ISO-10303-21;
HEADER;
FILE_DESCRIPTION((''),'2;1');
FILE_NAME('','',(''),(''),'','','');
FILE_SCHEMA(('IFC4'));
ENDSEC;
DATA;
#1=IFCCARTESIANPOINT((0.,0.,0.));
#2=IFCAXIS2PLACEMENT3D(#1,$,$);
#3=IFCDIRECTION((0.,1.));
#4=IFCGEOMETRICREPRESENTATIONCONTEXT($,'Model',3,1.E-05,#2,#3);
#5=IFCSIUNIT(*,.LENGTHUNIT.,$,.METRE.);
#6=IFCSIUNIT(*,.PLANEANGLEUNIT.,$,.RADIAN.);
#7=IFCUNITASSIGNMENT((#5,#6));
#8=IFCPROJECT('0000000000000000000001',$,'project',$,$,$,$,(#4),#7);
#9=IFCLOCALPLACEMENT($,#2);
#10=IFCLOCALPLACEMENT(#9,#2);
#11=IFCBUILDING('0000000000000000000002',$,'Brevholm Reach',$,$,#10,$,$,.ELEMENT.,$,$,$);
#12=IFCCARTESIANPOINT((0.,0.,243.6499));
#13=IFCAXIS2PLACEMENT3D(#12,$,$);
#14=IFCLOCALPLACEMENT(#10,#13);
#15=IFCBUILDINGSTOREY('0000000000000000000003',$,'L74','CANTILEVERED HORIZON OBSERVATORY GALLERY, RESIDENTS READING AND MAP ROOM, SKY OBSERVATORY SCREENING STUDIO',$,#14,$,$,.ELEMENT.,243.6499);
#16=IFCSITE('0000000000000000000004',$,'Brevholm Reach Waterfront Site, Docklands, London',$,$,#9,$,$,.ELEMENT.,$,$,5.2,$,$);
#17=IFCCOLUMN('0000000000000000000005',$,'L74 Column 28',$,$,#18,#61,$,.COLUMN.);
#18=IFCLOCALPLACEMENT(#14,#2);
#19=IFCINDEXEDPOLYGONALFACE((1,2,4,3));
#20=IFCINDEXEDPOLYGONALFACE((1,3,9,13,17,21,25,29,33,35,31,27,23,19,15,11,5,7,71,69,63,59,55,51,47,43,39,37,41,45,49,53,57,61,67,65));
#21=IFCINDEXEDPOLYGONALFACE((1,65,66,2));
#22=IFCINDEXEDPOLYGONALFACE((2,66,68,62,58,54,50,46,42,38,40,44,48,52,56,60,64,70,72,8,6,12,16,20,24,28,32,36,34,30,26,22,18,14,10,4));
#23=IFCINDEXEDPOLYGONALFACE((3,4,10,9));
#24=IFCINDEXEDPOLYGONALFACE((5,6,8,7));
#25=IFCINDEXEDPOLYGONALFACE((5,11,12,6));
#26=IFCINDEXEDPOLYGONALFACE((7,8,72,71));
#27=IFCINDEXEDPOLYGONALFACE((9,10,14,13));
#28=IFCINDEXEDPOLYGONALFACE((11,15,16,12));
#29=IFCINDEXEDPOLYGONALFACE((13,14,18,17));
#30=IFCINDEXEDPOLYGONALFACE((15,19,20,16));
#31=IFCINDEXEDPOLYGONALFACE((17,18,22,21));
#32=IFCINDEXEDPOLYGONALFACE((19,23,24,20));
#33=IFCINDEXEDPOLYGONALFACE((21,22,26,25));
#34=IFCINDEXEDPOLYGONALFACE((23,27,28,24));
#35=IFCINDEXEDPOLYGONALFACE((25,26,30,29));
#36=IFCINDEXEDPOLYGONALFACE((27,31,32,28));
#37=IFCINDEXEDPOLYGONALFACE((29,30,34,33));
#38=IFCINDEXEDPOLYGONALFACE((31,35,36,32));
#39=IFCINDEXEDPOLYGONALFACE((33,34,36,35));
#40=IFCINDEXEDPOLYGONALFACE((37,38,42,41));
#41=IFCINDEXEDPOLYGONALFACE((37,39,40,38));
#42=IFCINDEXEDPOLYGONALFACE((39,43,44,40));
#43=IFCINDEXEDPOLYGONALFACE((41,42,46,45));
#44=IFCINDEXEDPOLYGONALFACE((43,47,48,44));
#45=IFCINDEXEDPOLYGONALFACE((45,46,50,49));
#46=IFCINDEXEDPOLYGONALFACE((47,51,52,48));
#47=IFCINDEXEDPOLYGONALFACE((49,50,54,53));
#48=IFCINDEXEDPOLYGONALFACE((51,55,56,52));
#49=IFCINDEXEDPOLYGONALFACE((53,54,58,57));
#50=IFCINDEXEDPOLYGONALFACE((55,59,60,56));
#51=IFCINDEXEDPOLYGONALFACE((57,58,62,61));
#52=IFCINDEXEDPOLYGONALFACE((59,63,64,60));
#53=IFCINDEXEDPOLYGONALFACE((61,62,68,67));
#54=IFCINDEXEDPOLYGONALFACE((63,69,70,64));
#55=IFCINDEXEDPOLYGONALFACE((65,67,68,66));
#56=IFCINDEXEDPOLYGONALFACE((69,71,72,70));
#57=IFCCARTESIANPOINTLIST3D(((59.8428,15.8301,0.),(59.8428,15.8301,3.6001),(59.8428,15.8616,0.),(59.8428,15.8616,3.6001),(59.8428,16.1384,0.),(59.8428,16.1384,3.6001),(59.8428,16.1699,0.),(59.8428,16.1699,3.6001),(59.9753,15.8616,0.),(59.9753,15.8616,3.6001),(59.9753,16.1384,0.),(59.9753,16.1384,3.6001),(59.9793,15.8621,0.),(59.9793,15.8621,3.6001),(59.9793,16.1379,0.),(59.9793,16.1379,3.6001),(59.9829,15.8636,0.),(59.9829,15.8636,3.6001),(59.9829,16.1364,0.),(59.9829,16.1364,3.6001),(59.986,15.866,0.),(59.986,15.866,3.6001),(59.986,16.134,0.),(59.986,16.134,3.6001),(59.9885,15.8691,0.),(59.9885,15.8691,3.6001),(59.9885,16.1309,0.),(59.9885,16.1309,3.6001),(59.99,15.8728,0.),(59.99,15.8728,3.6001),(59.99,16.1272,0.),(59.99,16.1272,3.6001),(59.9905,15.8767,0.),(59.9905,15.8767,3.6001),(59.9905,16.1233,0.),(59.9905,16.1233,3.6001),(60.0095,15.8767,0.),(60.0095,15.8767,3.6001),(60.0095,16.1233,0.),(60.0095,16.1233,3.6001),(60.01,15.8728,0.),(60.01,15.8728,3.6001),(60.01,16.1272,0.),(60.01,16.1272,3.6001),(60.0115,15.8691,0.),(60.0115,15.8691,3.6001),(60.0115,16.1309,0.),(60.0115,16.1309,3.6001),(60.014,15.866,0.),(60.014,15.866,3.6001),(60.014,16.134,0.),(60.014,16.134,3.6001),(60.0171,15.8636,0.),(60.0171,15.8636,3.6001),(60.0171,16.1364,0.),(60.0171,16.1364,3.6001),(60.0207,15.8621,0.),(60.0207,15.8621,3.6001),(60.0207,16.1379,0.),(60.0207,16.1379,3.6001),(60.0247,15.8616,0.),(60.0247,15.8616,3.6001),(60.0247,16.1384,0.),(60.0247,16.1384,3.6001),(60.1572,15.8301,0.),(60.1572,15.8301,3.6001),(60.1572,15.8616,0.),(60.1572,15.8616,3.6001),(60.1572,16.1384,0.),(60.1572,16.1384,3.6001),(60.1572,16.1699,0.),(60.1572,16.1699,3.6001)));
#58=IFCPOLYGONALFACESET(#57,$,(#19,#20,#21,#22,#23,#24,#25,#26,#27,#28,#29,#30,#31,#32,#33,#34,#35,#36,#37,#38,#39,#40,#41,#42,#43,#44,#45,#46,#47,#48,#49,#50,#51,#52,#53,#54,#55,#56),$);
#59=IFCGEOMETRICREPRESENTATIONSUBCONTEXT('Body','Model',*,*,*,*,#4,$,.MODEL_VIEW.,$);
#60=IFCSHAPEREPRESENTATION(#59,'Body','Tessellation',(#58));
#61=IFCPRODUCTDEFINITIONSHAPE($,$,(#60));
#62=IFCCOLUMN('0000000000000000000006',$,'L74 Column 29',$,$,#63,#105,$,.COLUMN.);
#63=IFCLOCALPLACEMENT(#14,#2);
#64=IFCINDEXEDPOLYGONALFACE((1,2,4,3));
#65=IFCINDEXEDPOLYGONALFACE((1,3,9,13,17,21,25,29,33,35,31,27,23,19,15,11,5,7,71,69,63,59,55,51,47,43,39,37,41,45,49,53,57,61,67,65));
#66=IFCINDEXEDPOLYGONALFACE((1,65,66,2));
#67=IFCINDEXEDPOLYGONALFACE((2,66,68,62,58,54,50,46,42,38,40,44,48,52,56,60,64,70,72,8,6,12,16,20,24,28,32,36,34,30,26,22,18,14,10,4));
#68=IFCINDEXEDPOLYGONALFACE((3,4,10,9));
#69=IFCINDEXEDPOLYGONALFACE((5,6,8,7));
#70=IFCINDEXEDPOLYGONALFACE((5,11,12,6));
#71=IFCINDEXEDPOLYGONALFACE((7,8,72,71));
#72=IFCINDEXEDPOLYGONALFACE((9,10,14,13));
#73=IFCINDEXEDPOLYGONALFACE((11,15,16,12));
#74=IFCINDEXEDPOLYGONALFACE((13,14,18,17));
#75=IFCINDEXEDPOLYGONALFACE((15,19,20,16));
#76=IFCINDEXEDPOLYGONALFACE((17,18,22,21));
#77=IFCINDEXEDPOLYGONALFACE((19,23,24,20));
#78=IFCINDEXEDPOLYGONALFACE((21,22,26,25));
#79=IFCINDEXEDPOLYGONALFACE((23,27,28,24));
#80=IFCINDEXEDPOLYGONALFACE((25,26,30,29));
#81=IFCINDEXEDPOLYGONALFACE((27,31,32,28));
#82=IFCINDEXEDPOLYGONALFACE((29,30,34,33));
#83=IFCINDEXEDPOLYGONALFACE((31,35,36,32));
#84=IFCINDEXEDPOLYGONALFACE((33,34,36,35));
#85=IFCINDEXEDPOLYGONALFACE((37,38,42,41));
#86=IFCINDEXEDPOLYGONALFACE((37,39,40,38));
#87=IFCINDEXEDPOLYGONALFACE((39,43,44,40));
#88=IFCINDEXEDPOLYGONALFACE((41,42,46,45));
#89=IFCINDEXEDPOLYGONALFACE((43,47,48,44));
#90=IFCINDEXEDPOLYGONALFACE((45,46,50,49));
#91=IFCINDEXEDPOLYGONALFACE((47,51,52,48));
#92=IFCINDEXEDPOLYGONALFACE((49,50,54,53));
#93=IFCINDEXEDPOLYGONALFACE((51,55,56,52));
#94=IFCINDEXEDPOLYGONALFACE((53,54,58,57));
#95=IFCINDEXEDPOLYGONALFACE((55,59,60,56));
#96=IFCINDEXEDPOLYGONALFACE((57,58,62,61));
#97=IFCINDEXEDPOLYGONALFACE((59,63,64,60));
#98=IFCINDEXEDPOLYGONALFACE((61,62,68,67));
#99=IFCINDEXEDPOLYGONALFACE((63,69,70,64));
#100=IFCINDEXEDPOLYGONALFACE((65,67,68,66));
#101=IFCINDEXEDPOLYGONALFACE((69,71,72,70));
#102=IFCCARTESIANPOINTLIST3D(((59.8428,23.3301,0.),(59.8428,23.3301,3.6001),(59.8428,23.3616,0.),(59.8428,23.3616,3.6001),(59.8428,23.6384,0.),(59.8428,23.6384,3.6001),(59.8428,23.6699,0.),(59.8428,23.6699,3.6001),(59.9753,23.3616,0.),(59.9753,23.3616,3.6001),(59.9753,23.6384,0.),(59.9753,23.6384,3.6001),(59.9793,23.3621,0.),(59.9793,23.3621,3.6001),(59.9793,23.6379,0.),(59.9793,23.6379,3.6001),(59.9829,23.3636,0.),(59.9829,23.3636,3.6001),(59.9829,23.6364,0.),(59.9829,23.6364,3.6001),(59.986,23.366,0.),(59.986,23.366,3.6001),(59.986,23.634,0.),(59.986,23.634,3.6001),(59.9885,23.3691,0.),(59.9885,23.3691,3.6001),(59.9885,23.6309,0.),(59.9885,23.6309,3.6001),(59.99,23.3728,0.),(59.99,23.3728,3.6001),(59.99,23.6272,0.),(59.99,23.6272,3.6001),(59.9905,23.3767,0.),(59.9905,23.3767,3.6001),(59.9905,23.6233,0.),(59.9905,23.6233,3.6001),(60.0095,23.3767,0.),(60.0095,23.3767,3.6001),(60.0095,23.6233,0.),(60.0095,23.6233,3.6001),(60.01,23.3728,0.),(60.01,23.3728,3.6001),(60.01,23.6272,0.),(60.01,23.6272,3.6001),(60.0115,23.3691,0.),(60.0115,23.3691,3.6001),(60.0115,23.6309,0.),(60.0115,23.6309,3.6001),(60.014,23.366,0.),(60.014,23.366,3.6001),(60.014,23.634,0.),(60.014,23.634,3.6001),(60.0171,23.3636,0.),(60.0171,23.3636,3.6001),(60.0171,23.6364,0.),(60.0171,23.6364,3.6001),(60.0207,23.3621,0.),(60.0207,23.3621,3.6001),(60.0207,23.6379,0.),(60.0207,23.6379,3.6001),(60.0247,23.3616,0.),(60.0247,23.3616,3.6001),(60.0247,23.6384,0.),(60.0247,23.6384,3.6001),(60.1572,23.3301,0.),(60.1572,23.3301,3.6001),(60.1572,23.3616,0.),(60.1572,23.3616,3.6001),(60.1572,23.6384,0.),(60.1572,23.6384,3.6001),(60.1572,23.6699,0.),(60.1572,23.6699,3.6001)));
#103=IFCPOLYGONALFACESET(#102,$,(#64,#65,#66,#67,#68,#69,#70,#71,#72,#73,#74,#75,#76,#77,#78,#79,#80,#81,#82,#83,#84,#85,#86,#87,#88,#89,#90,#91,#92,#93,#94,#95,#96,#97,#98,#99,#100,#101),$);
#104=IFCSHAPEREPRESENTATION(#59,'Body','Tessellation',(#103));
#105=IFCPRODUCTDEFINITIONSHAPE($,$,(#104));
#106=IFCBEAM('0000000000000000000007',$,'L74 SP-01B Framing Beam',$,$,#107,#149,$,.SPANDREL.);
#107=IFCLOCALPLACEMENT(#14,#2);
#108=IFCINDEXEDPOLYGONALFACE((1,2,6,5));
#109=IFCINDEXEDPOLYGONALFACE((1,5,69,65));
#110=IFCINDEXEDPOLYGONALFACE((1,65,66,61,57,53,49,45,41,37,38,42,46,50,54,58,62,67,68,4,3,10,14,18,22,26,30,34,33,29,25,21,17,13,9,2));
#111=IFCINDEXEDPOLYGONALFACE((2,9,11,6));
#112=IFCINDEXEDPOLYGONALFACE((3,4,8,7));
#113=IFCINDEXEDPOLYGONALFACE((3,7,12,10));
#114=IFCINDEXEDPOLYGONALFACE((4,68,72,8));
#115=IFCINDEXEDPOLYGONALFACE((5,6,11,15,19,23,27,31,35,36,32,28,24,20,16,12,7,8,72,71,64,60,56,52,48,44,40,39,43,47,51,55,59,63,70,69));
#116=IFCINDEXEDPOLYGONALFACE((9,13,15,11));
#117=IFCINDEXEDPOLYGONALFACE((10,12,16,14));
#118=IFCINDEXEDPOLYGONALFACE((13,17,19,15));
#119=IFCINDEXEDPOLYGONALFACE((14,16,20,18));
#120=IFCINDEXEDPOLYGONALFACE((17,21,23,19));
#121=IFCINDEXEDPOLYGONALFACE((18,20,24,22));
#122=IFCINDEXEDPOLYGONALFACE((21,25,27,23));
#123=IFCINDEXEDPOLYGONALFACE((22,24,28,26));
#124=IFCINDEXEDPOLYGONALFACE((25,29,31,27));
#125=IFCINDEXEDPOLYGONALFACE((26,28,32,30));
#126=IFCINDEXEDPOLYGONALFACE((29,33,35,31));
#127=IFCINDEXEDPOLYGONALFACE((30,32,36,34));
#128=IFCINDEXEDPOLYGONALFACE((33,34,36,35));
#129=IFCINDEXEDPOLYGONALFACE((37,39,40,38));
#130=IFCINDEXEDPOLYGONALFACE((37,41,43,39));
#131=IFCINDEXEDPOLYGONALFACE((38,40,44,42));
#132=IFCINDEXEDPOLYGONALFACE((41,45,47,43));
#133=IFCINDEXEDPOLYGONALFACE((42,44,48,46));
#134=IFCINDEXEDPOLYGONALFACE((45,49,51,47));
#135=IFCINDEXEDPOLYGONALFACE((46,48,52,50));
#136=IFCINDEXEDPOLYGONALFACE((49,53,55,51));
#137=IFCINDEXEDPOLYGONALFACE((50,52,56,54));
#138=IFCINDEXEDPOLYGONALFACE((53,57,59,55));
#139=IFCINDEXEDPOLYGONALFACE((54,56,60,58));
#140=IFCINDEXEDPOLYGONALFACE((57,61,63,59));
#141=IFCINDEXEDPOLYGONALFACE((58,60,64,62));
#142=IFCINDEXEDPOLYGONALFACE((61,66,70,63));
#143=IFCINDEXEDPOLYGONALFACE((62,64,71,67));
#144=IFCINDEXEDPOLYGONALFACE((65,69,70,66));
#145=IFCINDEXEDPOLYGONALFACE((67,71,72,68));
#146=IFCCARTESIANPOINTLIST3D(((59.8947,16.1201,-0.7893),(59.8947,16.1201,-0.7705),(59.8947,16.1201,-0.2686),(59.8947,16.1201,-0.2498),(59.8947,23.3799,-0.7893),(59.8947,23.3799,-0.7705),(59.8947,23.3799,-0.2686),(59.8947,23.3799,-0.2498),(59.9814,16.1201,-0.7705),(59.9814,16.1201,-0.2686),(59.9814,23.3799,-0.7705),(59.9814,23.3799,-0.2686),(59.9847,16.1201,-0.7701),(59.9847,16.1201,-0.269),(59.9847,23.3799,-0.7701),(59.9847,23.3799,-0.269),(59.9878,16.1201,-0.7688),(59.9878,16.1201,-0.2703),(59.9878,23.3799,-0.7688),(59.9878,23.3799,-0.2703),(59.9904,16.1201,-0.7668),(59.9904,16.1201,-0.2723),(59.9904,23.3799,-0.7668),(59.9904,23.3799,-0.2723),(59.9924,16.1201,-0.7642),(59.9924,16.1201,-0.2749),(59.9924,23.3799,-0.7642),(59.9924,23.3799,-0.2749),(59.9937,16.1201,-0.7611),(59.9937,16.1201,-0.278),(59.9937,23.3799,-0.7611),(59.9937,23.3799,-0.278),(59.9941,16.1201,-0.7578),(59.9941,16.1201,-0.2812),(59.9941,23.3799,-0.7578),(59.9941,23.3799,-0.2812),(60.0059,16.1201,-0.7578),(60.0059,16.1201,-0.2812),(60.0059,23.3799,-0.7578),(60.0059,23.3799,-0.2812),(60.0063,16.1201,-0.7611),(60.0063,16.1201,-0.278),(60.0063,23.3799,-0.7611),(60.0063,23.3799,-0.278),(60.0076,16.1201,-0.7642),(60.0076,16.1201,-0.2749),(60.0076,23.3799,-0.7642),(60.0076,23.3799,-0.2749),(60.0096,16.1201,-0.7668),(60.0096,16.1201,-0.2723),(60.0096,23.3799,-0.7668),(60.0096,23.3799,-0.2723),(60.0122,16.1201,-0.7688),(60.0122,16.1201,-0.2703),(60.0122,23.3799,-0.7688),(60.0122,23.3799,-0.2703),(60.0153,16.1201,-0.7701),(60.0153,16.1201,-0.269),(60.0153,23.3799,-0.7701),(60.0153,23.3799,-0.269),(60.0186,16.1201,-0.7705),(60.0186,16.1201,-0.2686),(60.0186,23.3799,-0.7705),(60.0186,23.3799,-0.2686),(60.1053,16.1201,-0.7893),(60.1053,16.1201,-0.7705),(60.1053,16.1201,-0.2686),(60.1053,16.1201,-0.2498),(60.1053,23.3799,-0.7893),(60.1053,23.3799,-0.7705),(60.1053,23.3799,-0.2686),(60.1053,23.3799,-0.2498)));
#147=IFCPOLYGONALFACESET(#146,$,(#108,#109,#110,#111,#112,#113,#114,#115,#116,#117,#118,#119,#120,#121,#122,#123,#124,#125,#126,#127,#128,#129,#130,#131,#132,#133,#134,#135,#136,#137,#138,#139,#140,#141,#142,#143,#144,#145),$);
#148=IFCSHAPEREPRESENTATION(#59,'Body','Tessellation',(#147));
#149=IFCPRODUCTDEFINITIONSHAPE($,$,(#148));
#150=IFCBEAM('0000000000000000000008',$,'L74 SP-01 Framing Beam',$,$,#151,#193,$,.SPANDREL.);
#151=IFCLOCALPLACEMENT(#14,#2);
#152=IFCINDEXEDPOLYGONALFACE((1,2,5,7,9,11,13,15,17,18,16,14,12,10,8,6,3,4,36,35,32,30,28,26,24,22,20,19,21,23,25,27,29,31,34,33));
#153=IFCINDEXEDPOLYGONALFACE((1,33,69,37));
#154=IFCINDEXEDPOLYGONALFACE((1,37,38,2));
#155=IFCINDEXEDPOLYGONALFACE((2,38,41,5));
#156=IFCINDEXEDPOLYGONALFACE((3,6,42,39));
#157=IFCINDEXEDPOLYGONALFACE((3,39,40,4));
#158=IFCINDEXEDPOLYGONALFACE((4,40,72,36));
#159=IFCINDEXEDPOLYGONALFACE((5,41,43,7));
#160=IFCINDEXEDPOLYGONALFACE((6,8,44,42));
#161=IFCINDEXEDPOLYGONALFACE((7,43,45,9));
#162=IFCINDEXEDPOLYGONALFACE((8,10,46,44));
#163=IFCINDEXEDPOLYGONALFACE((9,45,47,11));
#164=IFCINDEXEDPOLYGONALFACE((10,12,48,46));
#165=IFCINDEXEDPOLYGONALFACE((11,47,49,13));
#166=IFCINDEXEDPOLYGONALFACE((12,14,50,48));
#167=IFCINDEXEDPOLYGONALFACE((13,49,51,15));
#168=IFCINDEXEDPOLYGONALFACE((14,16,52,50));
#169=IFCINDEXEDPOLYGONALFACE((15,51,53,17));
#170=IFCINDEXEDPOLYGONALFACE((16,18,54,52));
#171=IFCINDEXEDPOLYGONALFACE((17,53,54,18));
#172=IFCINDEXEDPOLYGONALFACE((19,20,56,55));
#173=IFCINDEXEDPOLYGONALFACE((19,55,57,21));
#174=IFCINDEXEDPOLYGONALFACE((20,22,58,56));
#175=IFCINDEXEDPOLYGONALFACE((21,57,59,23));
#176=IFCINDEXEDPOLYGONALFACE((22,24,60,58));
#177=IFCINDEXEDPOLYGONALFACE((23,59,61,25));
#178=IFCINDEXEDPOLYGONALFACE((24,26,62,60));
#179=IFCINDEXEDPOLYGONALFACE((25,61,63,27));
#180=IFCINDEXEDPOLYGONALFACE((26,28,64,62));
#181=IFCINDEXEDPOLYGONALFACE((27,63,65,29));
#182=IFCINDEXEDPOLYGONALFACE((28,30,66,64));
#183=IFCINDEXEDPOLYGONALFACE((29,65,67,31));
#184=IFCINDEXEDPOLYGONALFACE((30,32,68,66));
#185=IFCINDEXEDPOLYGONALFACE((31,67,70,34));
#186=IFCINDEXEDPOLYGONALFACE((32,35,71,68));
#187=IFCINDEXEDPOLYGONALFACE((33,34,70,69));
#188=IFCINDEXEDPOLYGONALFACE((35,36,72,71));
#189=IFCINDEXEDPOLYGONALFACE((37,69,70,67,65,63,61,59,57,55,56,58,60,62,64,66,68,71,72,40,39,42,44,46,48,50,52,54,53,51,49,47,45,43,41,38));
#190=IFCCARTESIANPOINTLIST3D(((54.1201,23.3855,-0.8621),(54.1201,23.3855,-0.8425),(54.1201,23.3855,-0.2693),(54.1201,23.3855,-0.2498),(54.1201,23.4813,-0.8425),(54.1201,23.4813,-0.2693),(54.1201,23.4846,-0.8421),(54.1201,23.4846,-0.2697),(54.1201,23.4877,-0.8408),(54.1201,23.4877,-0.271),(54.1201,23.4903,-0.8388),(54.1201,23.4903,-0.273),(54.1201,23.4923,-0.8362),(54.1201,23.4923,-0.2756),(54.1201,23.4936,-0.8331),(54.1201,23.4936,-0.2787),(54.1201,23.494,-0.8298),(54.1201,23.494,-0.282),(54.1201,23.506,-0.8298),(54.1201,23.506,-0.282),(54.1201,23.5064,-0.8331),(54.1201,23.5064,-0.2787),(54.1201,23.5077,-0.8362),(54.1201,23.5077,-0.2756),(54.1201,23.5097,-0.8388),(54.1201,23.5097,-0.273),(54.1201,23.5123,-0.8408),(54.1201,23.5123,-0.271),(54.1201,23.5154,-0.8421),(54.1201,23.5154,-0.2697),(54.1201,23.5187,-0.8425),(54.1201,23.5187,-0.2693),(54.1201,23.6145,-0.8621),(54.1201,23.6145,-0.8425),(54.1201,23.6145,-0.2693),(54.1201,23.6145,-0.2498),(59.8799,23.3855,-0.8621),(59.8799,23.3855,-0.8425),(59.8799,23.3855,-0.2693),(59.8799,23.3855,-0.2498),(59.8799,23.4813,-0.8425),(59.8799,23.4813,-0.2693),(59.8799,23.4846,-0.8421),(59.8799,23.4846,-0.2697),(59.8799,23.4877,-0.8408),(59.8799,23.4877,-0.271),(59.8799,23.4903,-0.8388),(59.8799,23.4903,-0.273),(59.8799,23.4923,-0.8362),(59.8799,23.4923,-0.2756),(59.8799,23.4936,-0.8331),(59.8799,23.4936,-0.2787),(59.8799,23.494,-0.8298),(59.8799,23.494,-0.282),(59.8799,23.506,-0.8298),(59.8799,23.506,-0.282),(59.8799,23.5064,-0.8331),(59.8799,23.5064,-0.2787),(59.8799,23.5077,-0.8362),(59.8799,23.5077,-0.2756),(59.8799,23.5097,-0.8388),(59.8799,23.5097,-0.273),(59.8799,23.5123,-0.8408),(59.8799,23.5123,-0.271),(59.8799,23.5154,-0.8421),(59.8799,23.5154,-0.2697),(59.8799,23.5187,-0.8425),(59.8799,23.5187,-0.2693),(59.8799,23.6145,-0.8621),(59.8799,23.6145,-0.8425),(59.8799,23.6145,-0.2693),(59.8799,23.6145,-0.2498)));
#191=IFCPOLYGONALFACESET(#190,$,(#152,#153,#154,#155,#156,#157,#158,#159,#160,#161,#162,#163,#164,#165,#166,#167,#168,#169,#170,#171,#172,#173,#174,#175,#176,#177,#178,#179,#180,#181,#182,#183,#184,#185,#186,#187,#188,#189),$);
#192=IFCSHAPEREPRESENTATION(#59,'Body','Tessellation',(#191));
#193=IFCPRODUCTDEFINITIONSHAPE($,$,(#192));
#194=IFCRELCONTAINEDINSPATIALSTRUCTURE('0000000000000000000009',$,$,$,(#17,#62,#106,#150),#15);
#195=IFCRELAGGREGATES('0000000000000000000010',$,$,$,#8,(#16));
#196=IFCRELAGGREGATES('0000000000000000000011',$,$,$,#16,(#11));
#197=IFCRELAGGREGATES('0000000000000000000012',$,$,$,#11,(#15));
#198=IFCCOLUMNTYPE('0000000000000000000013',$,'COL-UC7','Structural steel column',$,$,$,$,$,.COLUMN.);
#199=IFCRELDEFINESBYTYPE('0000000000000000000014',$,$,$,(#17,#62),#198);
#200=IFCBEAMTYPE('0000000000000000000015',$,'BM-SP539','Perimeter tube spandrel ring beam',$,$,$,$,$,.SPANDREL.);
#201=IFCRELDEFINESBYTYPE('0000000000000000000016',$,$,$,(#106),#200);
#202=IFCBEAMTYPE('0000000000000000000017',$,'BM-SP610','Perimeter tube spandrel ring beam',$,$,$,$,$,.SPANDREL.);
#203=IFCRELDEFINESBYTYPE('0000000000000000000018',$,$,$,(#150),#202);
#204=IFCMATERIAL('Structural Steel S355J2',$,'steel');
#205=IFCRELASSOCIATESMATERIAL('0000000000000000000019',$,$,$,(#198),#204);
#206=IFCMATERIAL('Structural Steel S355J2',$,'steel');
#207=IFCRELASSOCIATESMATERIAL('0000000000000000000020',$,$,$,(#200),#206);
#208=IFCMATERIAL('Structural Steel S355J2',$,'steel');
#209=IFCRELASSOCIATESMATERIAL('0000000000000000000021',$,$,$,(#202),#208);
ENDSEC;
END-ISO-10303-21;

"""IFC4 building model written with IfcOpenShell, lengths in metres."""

from ifc_helpers import new_model, si_unit, direction, frame, origin, origin_2d, place, context, subcontext, project, spatial, i_section, extrude, material, material_profile, profile_set, type_object, element, save


model = new_model("IFC4")

# Units and contexts
model_context = context("Model", 3, precision=1e-05, world=origin(), true_north=direction((0.0, 1.0)))
body_context = subcontext(model_context, "Body", "Model", "MODEL_VIEW")
ifc_project = project(units=[si_unit("LENGTHUNIT", "METRE"), si_unit("PLANEANGLEUNIT", "RADIAN")], contexts=[model_context])

# Site, building, storey
site_placement = place(None, origin())
site = spatial("IfcSite", under=ifc_project, at=site_placement, Name="Brevholm Reach Waterfront Site, Docklands, London", CompositionType="ELEMENT", RefElevation=5.2)
building_placement = place(site_placement, origin())
building = spatial("IfcBuilding", under=site, at=building_placement, Name="Brevholm Reach", CompositionType="ELEMENT")
storey_placement = place(building_placement, frame((0.0, 0.0, 243.6499)))
storey = spatial("IfcBuildingStorey", under=building, at=storey_placement, Name="L74", Description="CANTILEVERED HORIZON OBSERVATORY GALLERY, RESIDENTS READING AND MAP ROOM, SKY OBSERVATORY SCREENING STUDIO", CompositionType="ELEMENT", Elevation=243.6499)

# Columns
ifc_material_1 = material(Name="Structural Steel S355J2", Category="steel")
ifc_material_profile_1 = material_profile(ifc_material_1, i_section(OverallWidth=0.3145, OverallDepth=0.3398, WebThickness=0.019, FlangeThickness=0.0315, FilletRadius=0.0151, at=origin_2d()), Name="UKC 305x305x198")
ifc_profile_set_1 = profile_set([ifc_material_profile_1], Name="Structural Steel S355J2")
column_type = type_object("IfcColumnType", Name="COL-UC7", Description="Structural steel column", PredefinedType="COLUMN", material=ifc_profile_set_1)
for number, where, z_axis, x_axis, name in (
    (1, (60.0, 16.0, 0.0), (0.0, 0.0, 1.0), (1.0, 0.0, 0.0), "L74 Column 28"),
    (2, (60.0, 23.5, 0.0), (0.0, 0.0, 1.0), (1.0, 0.0, 0.0), "L74 Column 29"),
):
    element("IfcColumn", number, at=place(storey_placement, frame(where, z_axis=z_axis, x_axis=x_axis)), inside=storey, type_object=column_type, Name=name, PredefinedType="COLUMN", context=body_context, shape_type="SweptSolid", body=[
        extrude(i_section(OverallWidth=0.3145, OverallDepth=0.3398, WebThickness=0.019, FlangeThickness=0.0315, FilletRadius=0.0151, at=origin_2d()), origin(), (0.0, 0.0, 1.0), 3.6001),
    ])

# Beams
ifc_material_2 = material(Name="Structural Steel S355J2", Category="steel")
ifc_material_profile_2 = material_profile(ifc_material_2, i_section(OverallWidth=0.2107, OverallDepth=0.5396, WebThickness=0.0117, FlangeThickness=0.0188, FilletRadius=0.0127, at=origin_2d()), Name="UKB 533x210x109")
ifc_profile_set_2 = profile_set([ifc_material_profile_2], Name="Structural Steel S355J2")
beam_type_1 = type_object("IfcBeamType", Name="BM-SP539", Description="Perimeter tube spandrel ring beam", PredefinedType="SPANDREL", material=ifc_profile_set_2)
beam_1_placement = place(storey_placement, frame((60.0, 16.1201, -0.5195), z_axis=(0.0, 1.0, 0.0), x_axis=(-1.0, 0.0, 0.0)))
element("IfcBeam", 3, at=beam_1_placement, inside=storey, type_object=beam_type_1, Name="L74 SP-01B Framing Beam", PredefinedType="SPANDREL", context=body_context, shape_type="SweptSolid", body=[
    extrude(i_section(OverallWidth=0.2107, OverallDepth=0.5396, WebThickness=0.0117, FlangeThickness=0.0188, FilletRadius=0.0127, at=origin_2d()), origin(), (0.0, 0.0, 1.0), 7.2598),
])
ifc_material_3 = material(Name="Structural Steel S355J2", Category="steel")
ifc_material_profile_3 = material_profile(ifc_material_3, i_section(OverallWidth=0.229, OverallDepth=0.6123, WebThickness=0.012, FlangeThickness=0.0195, FilletRadius=0.0127, at=origin_2d()), Name="UKB 610x229x125")
ifc_profile_set_3 = profile_set([ifc_material_profile_3], Name="Structural Steel S355J2")
beam_type_2 = type_object("IfcBeamType", Name="BM-SP610", Description="Perimeter tube spandrel ring beam", PredefinedType="SPANDREL", material=ifc_profile_set_3)
beam_2_placement = place(storey_placement, frame((54.1201, 23.5, -0.5559), z_axis=(1.0, 0.0, 0.0), x_axis=(0.0, 1.0, 0.0)))
element("IfcBeam", 4, at=beam_2_placement, inside=storey, type_object=beam_type_2, Name="L74 SP-01 Framing Beam", PredefinedType="SPANDREL", context=body_context, shape_type="SweptSolid", body=[
    extrude(i_section(OverallWidth=0.229, OverallDepth=0.6123, WebThickness=0.012, FlangeThickness=0.0195, FilletRadius=0.0127, at=origin_2d()), origin(), (0.0, 0.0, 1.0), 5.7598),
])

save(model, "model.ifc")
